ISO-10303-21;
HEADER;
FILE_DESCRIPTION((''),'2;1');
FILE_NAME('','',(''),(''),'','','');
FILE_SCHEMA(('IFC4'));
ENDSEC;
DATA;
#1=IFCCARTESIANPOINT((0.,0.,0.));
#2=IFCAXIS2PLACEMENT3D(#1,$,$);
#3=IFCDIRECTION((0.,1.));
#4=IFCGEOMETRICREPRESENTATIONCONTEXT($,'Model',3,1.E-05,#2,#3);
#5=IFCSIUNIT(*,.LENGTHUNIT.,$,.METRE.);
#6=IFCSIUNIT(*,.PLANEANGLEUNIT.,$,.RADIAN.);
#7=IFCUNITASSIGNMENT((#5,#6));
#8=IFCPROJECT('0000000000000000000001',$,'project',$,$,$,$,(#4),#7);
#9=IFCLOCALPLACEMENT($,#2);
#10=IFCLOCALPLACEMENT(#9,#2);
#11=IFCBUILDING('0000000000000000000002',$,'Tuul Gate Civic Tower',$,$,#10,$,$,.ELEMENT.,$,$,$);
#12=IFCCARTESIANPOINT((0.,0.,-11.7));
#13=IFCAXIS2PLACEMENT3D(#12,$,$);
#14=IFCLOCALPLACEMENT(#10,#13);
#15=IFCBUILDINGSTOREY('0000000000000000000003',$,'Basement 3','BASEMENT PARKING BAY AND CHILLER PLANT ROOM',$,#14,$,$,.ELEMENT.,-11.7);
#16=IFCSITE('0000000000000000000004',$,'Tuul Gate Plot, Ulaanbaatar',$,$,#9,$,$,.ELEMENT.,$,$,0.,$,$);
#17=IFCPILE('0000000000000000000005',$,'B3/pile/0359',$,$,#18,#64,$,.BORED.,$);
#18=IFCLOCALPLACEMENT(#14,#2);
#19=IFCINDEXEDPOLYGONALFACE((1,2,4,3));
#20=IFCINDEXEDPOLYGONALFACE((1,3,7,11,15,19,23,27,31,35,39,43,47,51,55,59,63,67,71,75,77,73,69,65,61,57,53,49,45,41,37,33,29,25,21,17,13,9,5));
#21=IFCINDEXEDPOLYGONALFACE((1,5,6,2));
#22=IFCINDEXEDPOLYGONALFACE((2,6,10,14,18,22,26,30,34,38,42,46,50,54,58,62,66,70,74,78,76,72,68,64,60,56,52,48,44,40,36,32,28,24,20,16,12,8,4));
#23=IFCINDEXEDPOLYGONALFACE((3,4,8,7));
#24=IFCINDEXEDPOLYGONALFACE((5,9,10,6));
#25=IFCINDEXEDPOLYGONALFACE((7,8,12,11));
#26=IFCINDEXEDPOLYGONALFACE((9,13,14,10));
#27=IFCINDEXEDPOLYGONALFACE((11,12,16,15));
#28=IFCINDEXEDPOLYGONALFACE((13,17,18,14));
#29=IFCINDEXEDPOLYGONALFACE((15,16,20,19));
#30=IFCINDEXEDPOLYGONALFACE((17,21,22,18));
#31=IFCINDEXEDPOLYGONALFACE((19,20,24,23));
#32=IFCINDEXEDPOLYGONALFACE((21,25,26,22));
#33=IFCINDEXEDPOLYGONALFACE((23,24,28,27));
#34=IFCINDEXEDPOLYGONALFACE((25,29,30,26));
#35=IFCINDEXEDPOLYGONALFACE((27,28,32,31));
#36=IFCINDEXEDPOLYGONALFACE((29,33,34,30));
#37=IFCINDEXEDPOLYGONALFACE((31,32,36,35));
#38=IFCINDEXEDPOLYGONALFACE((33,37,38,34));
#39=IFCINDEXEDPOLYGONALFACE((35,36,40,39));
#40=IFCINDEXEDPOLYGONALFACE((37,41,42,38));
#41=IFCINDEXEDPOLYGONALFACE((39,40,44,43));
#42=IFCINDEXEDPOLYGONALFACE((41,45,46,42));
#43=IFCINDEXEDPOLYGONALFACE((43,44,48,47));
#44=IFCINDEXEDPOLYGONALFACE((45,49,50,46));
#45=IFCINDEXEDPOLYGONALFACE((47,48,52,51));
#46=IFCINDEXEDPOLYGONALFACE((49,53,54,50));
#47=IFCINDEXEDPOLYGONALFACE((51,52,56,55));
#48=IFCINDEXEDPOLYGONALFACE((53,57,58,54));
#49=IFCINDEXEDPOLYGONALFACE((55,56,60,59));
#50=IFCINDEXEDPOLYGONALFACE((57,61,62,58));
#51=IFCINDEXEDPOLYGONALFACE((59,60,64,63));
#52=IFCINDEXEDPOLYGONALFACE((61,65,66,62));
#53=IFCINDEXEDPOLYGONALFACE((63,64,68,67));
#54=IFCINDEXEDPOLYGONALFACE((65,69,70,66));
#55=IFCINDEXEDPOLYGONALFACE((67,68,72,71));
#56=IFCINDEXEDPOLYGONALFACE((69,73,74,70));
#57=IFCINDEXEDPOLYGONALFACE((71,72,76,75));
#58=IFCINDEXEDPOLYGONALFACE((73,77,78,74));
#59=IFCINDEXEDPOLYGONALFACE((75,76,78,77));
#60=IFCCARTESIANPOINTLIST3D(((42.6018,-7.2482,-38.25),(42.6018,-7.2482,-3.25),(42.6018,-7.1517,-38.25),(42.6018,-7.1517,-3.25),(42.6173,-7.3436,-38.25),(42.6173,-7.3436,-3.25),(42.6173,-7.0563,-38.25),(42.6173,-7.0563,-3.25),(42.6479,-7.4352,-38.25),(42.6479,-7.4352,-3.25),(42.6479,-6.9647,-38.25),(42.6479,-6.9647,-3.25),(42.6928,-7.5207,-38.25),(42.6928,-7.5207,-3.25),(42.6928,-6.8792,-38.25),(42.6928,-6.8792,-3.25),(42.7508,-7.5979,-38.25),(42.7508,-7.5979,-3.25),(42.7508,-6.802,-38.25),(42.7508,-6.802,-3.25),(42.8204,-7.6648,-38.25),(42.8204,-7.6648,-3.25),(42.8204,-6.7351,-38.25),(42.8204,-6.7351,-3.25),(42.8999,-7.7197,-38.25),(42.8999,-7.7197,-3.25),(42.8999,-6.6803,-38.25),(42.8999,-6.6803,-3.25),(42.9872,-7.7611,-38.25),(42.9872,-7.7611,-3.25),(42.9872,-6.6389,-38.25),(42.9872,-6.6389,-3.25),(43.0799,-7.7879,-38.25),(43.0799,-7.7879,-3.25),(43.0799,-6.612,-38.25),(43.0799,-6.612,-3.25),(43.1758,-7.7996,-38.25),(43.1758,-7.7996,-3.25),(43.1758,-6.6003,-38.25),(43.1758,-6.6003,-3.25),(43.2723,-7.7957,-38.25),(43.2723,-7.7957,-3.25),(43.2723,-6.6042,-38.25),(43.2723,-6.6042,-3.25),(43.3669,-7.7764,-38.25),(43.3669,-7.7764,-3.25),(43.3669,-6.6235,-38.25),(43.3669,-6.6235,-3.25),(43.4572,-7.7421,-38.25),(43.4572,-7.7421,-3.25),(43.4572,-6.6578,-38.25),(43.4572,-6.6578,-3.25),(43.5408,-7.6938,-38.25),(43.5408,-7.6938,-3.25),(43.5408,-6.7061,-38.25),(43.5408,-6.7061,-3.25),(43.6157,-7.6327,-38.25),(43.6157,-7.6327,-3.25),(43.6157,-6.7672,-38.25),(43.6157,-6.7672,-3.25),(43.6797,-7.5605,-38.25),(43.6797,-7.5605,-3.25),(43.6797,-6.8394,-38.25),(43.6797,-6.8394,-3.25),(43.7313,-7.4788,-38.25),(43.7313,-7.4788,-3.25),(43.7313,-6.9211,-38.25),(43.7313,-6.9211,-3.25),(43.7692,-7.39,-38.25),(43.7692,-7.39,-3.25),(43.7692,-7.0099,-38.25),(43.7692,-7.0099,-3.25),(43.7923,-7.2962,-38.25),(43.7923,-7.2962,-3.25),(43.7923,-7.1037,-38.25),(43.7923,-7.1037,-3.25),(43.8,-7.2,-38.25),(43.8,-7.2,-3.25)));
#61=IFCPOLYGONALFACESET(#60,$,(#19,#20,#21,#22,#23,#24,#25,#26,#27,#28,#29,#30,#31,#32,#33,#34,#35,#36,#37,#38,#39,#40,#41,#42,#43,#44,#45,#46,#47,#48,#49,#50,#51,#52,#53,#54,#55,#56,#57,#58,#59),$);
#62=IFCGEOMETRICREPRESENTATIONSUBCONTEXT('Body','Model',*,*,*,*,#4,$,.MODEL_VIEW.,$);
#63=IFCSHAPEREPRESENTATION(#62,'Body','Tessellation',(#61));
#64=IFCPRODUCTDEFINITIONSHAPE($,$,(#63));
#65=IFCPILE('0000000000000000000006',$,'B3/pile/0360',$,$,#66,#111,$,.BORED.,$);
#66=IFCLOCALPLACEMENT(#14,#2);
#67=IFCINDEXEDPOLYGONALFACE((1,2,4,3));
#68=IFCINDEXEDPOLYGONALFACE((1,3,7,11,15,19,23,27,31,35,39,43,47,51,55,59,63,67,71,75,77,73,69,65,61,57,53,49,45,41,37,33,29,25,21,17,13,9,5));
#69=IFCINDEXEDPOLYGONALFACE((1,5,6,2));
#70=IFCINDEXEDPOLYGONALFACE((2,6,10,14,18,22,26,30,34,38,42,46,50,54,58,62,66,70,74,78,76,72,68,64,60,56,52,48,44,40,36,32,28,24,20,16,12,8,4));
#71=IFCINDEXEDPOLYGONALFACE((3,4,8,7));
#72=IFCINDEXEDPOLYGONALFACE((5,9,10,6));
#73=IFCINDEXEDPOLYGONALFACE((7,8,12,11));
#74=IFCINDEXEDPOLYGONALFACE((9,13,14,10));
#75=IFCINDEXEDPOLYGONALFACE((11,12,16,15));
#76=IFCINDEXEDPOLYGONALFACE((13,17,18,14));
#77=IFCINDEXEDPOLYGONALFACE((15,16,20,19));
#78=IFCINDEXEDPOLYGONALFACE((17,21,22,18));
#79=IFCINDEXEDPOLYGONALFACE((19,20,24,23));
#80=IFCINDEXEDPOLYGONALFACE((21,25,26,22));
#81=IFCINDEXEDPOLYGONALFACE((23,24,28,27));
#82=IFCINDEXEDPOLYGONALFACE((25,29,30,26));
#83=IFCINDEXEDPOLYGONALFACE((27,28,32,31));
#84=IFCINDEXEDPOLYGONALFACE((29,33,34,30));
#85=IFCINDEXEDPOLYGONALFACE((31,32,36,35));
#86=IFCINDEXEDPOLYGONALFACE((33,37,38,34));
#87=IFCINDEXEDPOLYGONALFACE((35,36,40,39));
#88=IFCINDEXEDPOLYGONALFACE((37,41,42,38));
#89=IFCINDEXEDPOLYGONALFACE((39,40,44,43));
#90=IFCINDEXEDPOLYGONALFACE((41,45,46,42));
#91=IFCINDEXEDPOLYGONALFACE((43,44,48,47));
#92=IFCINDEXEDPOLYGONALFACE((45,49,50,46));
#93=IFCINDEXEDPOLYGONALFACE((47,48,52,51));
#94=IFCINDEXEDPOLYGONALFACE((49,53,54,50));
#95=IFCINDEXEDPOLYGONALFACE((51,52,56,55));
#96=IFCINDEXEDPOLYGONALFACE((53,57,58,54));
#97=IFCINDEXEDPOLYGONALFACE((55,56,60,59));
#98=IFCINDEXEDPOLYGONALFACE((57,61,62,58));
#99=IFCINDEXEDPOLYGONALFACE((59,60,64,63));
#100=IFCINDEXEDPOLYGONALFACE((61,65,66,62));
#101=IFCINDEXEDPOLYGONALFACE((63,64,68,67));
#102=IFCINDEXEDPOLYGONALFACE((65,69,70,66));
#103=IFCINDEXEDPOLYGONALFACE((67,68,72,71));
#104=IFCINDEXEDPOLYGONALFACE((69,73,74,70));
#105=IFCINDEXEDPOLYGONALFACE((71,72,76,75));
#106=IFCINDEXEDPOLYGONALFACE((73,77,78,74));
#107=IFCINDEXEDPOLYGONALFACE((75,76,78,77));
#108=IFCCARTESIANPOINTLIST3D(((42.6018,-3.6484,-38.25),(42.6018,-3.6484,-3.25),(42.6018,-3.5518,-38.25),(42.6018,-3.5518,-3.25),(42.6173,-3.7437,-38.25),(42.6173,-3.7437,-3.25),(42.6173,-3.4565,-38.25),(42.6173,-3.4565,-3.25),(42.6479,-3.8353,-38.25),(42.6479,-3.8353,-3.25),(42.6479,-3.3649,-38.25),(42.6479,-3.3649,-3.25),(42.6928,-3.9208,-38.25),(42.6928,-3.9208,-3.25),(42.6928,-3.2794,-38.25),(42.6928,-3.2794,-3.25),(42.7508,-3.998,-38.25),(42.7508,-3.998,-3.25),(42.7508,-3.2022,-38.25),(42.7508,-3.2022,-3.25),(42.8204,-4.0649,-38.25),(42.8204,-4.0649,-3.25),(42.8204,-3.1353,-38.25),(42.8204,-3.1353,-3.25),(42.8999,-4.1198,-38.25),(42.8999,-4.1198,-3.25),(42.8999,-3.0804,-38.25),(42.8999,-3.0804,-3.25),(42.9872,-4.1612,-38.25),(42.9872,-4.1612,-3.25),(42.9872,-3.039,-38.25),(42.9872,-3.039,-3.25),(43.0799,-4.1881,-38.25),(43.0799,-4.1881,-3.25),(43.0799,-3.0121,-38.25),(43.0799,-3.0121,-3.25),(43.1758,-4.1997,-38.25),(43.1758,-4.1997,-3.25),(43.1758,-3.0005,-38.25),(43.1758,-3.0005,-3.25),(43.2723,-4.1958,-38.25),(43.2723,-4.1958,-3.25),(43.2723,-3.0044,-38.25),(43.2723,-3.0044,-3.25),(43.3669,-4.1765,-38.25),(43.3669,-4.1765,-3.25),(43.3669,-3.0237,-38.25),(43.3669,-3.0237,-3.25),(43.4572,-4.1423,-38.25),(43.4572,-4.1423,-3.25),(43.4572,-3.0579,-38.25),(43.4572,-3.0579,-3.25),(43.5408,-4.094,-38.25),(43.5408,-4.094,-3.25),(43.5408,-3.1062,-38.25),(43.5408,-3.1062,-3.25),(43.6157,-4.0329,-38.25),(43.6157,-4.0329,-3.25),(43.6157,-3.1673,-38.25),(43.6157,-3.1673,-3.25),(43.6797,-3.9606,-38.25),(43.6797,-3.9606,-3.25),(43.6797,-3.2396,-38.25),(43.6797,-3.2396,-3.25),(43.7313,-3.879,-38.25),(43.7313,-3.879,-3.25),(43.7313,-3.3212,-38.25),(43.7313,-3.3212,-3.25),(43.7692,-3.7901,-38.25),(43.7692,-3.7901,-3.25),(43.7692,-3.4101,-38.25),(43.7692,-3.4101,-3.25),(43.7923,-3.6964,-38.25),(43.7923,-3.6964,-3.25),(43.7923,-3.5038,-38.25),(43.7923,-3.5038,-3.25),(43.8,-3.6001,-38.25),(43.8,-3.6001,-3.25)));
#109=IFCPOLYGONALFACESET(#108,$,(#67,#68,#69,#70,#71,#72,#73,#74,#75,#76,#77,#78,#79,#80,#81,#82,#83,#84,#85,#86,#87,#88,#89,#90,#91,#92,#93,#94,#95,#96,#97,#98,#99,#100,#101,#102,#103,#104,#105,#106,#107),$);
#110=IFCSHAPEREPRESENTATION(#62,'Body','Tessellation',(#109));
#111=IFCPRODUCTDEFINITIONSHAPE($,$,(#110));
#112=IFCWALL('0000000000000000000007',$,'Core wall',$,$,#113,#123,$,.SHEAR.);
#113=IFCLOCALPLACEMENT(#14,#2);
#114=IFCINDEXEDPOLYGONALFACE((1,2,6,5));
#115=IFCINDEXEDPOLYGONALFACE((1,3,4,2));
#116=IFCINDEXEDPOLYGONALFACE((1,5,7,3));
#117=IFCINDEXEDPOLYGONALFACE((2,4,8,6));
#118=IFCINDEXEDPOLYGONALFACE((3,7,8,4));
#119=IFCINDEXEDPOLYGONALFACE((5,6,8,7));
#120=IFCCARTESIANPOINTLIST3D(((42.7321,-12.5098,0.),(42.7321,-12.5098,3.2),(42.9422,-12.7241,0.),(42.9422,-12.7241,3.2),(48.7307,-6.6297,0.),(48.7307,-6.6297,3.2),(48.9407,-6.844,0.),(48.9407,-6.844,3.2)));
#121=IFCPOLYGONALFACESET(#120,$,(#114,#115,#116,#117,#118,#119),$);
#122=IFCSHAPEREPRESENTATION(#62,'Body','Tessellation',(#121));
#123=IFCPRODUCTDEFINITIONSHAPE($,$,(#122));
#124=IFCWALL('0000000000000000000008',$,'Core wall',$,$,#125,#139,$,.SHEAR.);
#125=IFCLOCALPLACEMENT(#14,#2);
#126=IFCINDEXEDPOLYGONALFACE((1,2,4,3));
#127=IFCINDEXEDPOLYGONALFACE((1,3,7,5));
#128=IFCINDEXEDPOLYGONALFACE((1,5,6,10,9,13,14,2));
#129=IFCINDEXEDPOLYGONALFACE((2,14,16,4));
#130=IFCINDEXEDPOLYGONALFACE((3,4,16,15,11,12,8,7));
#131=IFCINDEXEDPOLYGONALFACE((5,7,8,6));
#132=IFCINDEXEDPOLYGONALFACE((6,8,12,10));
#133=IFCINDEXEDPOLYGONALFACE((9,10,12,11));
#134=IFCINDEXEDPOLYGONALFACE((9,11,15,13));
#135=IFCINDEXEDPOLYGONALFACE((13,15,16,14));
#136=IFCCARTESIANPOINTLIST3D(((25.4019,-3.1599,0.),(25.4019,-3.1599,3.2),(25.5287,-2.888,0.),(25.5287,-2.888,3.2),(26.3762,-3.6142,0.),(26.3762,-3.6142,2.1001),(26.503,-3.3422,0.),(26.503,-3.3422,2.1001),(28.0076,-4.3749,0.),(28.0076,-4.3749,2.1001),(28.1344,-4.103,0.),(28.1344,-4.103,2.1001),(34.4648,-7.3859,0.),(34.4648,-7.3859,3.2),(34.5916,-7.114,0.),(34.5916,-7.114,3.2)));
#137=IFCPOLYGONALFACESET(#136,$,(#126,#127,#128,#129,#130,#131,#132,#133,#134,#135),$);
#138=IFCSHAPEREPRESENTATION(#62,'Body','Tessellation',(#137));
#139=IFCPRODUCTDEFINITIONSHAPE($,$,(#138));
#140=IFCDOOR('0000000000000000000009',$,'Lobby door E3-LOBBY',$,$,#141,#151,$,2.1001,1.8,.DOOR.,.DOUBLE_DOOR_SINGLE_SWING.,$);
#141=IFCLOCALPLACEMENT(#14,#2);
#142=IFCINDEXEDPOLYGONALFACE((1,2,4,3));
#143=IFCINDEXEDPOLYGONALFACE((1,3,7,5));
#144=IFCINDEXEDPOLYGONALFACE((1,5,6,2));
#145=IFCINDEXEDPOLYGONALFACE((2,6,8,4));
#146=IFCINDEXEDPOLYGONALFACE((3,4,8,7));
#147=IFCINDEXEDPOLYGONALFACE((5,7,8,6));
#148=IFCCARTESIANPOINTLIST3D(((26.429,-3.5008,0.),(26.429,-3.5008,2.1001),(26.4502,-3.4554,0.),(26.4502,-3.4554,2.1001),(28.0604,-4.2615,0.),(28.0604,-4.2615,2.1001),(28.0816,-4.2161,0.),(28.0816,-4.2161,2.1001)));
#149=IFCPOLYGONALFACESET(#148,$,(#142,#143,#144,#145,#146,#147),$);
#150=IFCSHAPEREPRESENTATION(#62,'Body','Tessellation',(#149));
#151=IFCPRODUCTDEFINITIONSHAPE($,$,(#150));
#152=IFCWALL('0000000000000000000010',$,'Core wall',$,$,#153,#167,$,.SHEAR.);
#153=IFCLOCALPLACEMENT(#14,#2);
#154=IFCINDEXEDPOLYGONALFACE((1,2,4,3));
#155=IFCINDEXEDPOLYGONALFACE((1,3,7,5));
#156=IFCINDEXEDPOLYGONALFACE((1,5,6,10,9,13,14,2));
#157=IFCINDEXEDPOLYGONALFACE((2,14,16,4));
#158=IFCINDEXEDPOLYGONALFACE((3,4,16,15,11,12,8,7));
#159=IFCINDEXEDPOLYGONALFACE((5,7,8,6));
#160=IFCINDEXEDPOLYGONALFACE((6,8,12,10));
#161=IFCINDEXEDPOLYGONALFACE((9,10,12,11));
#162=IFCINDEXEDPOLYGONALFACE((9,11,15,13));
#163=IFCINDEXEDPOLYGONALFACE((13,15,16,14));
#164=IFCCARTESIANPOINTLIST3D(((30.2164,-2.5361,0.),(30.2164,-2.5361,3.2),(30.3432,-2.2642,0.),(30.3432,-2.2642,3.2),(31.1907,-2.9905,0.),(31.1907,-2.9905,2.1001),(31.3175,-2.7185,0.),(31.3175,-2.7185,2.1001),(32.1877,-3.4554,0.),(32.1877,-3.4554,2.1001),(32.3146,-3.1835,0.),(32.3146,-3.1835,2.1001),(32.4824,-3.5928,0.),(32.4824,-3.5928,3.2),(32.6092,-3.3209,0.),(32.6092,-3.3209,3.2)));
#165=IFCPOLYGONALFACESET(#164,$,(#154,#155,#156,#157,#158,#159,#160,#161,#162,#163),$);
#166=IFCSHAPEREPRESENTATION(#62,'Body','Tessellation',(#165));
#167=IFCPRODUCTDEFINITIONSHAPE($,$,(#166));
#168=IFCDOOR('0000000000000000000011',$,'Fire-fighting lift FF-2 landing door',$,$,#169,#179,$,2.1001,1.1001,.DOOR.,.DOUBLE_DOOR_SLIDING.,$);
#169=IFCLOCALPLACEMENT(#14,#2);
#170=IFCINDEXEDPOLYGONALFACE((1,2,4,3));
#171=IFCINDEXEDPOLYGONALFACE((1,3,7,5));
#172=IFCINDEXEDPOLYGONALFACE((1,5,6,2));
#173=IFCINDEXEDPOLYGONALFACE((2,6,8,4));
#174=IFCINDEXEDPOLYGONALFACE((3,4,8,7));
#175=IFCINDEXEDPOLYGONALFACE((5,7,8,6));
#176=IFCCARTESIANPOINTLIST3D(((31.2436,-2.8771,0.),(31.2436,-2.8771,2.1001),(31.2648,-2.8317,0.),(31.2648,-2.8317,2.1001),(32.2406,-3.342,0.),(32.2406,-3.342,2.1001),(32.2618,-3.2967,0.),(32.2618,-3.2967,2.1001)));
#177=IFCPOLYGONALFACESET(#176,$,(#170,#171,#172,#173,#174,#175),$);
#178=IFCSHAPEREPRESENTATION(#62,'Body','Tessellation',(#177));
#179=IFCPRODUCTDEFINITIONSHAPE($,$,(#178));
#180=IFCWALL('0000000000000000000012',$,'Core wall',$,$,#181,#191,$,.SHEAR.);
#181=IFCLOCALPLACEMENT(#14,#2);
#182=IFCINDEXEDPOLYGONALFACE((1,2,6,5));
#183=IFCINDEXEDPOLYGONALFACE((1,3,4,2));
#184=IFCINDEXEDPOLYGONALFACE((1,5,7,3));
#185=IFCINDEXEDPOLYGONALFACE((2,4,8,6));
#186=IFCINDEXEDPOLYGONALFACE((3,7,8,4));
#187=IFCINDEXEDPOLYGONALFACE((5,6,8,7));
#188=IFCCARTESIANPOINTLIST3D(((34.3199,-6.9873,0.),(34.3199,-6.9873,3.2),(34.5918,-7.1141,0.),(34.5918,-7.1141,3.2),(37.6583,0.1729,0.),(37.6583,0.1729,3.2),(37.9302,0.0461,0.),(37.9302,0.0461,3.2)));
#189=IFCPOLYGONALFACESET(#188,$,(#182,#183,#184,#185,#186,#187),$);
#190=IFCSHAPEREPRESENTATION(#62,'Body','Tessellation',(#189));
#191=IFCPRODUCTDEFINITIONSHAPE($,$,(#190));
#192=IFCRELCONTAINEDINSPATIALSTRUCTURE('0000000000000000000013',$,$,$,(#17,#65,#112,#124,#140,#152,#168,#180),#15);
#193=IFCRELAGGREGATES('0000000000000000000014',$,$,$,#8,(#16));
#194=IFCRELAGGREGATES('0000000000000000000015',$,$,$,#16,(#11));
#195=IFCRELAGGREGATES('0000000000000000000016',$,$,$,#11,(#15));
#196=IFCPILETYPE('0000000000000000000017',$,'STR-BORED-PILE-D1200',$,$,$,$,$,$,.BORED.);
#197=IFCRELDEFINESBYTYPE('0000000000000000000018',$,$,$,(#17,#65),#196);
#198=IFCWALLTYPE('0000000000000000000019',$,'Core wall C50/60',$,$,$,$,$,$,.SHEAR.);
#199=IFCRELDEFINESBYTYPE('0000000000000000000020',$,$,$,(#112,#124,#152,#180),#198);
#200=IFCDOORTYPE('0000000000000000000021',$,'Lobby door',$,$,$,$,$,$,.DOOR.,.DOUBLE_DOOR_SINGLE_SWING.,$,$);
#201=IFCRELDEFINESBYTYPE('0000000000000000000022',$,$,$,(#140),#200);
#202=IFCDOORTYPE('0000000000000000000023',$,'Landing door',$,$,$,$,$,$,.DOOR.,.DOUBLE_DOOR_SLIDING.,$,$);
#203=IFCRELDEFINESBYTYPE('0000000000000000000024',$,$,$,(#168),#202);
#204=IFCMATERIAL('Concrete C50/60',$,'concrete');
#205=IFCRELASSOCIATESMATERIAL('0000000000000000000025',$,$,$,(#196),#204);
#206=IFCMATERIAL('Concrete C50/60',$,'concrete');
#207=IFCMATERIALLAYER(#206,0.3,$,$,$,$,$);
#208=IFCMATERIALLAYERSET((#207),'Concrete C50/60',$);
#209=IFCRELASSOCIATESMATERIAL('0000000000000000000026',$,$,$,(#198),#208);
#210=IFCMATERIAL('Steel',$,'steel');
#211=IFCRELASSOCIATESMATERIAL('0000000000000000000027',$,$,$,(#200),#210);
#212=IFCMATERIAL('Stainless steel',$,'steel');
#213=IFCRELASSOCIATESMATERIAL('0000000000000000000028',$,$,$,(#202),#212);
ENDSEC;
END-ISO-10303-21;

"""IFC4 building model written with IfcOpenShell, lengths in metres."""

from ifc_helpers import new_model, si_unit, direction, frame, frame_2d, origin, origin_2d, place, context, subcontext, project, spatial, rectangle, circle, extrude, material, layer, layer_set, material_profile, profile_set, type_object, element, fill, save


model = new_model("IFC4")

# Units and contexts
model_context = context("Model", 3, precision=1e-05, world=origin(), true_north=direction((0.0, 1.0)))
body_context = subcontext(model_context, "Body", "Model", "MODEL_VIEW")
ifc_project = project(units=[si_unit("LENGTHUNIT", "METRE"), si_unit("PLANEANGLEUNIT", "RADIAN")], contexts=[model_context])

# Site, building, storey
site_placement = place(None, origin())
site = spatial("IfcSite", under=ifc_project, at=site_placement, Name="Tuul Gate Plot, Ulaanbaatar", CompositionType="ELEMENT", RefElevation=0.0)
building_placement = place(site_placement, origin())
building = spatial("IfcBuilding", under=site, at=building_placement, Name="Tuul Gate Civic Tower", CompositionType="ELEMENT")
storey_placement = place(building_placement, frame((0.0, 0.0, -11.7)))
storey = spatial("IfcBuildingStorey", under=building, at=storey_placement, Name="Basement 3", Description="BASEMENT PARKING BAY AND CHILLER PLANT ROOM", CompositionType="ELEMENT", Elevation=-11.7)

# Piles
ifc_material_1 = material(Name="Concrete C50/60", Category="concrete")
ifc_material_profile = material_profile(ifc_material_1, circle(Radius=0.6001, at=origin_2d()), Name="PILE1200")
ifc_profile_set = profile_set([ifc_material_profile], Name="Concrete C50/60")
pile_type = type_object("IfcPileType", Name="STR-BORED-PILE-D1200", PredefinedType="BORED", material=ifc_profile_set)
for number, where, z_axis, x_axis, name in (
    (1, (43.2, -7.2, -3.25), (0.0, 0.0, -1.0), (1.0, 0.0, 0.0), "B3/pile/0359"),
    (2, (43.2, -3.6001, -3.25), (0.0, 0.0, -1.0), (1.0, 0.0, 0.0), "B3/pile/0360"),
):
    element("IfcPile", number, at=place(storey_placement, frame(where, z_axis=z_axis, x_axis=x_axis)), inside=storey, type_object=pile_type, Name=name, PredefinedType="BORED", context=body_context, shape_type="SweptSolid", body=[
        extrude(circle(Radius=0.6001, at=origin_2d()), origin(), (0.0, 0.0, 1.0), 35.0),
    ])

# Wall
ifc_material_2 = material(Name="Concrete C50/60", Category="concrete")
ifc_layer = layer(ifc_material_2, 0.3)
ifc_layer_set = layer_set([ifc_layer], Name="Concrete C50/60")
wall_type = type_object("IfcWallType", Name="Core wall C50/60", PredefinedType="SHEAR", material=ifc_layer_set)
wall_1_placement = place(storey_placement, frame((42.8372, -12.6169, 0.0), z_axis=(0.0, 0.0, 1.0), x_axis=(0.71412, 0.700023, 0.0)))
element("IfcWall", 3, at=wall_1_placement, inside=storey, type_object=wall_type, Name="Core wall", PredefinedType="SHEAR", context=body_context, shape_type="SweptSolid", body=[
    extrude(rectangle(XDim=8.3999, YDim=0.3, at=frame_2d((4.2, 0.0))), origin(), (0.0, 0.0, 1.0), 3.2),
])

# Walls, openings, doors
wall_2_placement = place(storey_placement, frame((34.5283, -7.25, 0.0), z_axis=(0.0, 0.0, 1.0), x_axis=(-0.90631, 0.422613, 0.0)))
wall_2 = element("IfcWall", 4, at=wall_2_placement, inside=storey, type_object=wall_type, Name="Core wall", PredefinedType="SHEAR", context=body_context, shape_type="SweptSolid", body=[
    extrude(rectangle(XDim=9.9998, YDim=0.3, at=frame_2d((5.0, 0.0))), origin(), (0.0, 0.0, 1.0), 3.2),
])
opening_1_placement = place(wall_2_placement, frame((7.125, 0.0, 0.0)))
opening_1 = element("IfcOpeningElement", 5, at=opening_1_placement, cuts=wall_2, PredefinedType="OPENING", context=body_context, shape_type="SweptSolid", body=[
    extrude(rectangle(XDim=1.8, YDim=2.1001, at=frame_2d((0.8999, 1.05))), frame((0.0, 0.1602, 0.0), z_axis=(0.0, -1.0, 0.0), x_axis=(1.0, 0.0, 0.0)), (0.0, 0.0, 1.0), 0.3201),
])
ifc_material_3 = material(Name="Steel", Category="steel")
door_type_1 = type_object("IfcDoorType", Name="Lobby door", OperationType="DOUBLE_DOOR_SINGLE_SWING", PredefinedType="DOOR", material=ifc_material_3)
door_1_placement = place(opening_1_placement, origin())
door_1 = element("IfcDoor", 6, at=door_1_placement, inside=storey, type_object=door_type_1, Name="Lobby door E3-LOBBY", OperationType="DOUBLE_DOOR_SINGLE_SWING", OverallHeight=2.1001, OverallWidth=1.8, PredefinedType="DOOR", context=body_context, shape_type="SweptSolid", body=[
    extrude(rectangle(XDim=1.8, YDim=2.1001, at=frame_2d((0.8999, 1.05))), frame((0.0, 0.0249, 0.0), z_axis=(0.0, -1.0, 0.0), x_axis=(1.0, 0.0, 0.0)), (0.0, 0.0, 1.0), 0.05),
])
fill(opening_1, door_1)
wall_3_placement = place(storey_placement, frame((32.5457, -3.4568, 0.0), z_axis=(0.0, 0.0, 1.0), x_axis=(-0.9063, 0.422634, 0.0)))
wall_3 = element("IfcWall", 7, at=wall_3_placement, inside=storey, type_object=wall_type, Name="Core wall", PredefinedType="SHEAR", context=body_context, shape_type="SweptSolid", body=[
    extrude(rectangle(XDim=2.5002, YDim=0.3, at=frame_2d((1.25, 0.0))), origin(), (0.0, 0.0, 1.0), 3.2),
])
opening_2_placement = place(wall_3_placement, frame((0.325, 0.0, 0.0)))
opening_2 = element("IfcOpeningElement", 8, at=opening_2_placement, cuts=wall_3, PredefinedType="OPENING", context=body_context, shape_type="SweptSolid", body=[
    extrude(rectangle(XDim=1.1001, YDim=2.1001, at=frame_2d((0.55, 1.05))), frame((0.0, 0.1602, 0.0), z_axis=(0.0, -1.0, 0.0), x_axis=(1.0, 0.0, 0.0)), (0.0, 0.0, 1.0), 0.3201),
])
ifc_material_4 = material(Name="Stainless steel", Category="steel")
door_type_2 = type_object("IfcDoorType", Name="Landing door", OperationType="DOUBLE_DOOR_SLIDING", PredefinedType="DOOR", material=ifc_material_4)
door_2_placement = place(opening_2_placement, origin())
door_2 = element("IfcDoor", 9, at=door_2_placement, inside=storey, type_object=door_type_2, Name="Fire-fighting lift FF-2 landing door", OperationType="DOUBLE_DOOR_SLIDING", OverallHeight=2.1001, OverallWidth=1.1001, PredefinedType="DOOR", context=body_context, shape_type="SweptSolid", body=[
    extrude(rectangle(XDim=1.1001, YDim=2.1001, at=frame_2d((0.55, 1.05))), frame((0.0, 0.0249, 0.0), z_axis=(0.0, -1.0, 0.0), x_axis=(1.0, 0.0, 0.0)), (0.0, 0.0, 1.0), 0.05),
])
fill(opening_2, door_2)

# Wall
wall_4_placement = place(storey_placement, frame((34.4558, -7.0508, 0.0), z_axis=(0.0, 0.0, 1.0), x_axis=(0.422571, 0.90633, 0.0)))
element("IfcWall", 10, at=wall_4_placement, inside=storey, type_object=wall_type, Name="Core wall", PredefinedType="SHEAR", context=body_context, shape_type="SweptSolid", body=[
    extrude(rectangle(XDim=7.9001, YDim=0.3, at=frame_2d((3.9502, 0.0))), origin(), (0.0, 0.0, 1.0), 3.2),
])

save(model, "model.ifc")
